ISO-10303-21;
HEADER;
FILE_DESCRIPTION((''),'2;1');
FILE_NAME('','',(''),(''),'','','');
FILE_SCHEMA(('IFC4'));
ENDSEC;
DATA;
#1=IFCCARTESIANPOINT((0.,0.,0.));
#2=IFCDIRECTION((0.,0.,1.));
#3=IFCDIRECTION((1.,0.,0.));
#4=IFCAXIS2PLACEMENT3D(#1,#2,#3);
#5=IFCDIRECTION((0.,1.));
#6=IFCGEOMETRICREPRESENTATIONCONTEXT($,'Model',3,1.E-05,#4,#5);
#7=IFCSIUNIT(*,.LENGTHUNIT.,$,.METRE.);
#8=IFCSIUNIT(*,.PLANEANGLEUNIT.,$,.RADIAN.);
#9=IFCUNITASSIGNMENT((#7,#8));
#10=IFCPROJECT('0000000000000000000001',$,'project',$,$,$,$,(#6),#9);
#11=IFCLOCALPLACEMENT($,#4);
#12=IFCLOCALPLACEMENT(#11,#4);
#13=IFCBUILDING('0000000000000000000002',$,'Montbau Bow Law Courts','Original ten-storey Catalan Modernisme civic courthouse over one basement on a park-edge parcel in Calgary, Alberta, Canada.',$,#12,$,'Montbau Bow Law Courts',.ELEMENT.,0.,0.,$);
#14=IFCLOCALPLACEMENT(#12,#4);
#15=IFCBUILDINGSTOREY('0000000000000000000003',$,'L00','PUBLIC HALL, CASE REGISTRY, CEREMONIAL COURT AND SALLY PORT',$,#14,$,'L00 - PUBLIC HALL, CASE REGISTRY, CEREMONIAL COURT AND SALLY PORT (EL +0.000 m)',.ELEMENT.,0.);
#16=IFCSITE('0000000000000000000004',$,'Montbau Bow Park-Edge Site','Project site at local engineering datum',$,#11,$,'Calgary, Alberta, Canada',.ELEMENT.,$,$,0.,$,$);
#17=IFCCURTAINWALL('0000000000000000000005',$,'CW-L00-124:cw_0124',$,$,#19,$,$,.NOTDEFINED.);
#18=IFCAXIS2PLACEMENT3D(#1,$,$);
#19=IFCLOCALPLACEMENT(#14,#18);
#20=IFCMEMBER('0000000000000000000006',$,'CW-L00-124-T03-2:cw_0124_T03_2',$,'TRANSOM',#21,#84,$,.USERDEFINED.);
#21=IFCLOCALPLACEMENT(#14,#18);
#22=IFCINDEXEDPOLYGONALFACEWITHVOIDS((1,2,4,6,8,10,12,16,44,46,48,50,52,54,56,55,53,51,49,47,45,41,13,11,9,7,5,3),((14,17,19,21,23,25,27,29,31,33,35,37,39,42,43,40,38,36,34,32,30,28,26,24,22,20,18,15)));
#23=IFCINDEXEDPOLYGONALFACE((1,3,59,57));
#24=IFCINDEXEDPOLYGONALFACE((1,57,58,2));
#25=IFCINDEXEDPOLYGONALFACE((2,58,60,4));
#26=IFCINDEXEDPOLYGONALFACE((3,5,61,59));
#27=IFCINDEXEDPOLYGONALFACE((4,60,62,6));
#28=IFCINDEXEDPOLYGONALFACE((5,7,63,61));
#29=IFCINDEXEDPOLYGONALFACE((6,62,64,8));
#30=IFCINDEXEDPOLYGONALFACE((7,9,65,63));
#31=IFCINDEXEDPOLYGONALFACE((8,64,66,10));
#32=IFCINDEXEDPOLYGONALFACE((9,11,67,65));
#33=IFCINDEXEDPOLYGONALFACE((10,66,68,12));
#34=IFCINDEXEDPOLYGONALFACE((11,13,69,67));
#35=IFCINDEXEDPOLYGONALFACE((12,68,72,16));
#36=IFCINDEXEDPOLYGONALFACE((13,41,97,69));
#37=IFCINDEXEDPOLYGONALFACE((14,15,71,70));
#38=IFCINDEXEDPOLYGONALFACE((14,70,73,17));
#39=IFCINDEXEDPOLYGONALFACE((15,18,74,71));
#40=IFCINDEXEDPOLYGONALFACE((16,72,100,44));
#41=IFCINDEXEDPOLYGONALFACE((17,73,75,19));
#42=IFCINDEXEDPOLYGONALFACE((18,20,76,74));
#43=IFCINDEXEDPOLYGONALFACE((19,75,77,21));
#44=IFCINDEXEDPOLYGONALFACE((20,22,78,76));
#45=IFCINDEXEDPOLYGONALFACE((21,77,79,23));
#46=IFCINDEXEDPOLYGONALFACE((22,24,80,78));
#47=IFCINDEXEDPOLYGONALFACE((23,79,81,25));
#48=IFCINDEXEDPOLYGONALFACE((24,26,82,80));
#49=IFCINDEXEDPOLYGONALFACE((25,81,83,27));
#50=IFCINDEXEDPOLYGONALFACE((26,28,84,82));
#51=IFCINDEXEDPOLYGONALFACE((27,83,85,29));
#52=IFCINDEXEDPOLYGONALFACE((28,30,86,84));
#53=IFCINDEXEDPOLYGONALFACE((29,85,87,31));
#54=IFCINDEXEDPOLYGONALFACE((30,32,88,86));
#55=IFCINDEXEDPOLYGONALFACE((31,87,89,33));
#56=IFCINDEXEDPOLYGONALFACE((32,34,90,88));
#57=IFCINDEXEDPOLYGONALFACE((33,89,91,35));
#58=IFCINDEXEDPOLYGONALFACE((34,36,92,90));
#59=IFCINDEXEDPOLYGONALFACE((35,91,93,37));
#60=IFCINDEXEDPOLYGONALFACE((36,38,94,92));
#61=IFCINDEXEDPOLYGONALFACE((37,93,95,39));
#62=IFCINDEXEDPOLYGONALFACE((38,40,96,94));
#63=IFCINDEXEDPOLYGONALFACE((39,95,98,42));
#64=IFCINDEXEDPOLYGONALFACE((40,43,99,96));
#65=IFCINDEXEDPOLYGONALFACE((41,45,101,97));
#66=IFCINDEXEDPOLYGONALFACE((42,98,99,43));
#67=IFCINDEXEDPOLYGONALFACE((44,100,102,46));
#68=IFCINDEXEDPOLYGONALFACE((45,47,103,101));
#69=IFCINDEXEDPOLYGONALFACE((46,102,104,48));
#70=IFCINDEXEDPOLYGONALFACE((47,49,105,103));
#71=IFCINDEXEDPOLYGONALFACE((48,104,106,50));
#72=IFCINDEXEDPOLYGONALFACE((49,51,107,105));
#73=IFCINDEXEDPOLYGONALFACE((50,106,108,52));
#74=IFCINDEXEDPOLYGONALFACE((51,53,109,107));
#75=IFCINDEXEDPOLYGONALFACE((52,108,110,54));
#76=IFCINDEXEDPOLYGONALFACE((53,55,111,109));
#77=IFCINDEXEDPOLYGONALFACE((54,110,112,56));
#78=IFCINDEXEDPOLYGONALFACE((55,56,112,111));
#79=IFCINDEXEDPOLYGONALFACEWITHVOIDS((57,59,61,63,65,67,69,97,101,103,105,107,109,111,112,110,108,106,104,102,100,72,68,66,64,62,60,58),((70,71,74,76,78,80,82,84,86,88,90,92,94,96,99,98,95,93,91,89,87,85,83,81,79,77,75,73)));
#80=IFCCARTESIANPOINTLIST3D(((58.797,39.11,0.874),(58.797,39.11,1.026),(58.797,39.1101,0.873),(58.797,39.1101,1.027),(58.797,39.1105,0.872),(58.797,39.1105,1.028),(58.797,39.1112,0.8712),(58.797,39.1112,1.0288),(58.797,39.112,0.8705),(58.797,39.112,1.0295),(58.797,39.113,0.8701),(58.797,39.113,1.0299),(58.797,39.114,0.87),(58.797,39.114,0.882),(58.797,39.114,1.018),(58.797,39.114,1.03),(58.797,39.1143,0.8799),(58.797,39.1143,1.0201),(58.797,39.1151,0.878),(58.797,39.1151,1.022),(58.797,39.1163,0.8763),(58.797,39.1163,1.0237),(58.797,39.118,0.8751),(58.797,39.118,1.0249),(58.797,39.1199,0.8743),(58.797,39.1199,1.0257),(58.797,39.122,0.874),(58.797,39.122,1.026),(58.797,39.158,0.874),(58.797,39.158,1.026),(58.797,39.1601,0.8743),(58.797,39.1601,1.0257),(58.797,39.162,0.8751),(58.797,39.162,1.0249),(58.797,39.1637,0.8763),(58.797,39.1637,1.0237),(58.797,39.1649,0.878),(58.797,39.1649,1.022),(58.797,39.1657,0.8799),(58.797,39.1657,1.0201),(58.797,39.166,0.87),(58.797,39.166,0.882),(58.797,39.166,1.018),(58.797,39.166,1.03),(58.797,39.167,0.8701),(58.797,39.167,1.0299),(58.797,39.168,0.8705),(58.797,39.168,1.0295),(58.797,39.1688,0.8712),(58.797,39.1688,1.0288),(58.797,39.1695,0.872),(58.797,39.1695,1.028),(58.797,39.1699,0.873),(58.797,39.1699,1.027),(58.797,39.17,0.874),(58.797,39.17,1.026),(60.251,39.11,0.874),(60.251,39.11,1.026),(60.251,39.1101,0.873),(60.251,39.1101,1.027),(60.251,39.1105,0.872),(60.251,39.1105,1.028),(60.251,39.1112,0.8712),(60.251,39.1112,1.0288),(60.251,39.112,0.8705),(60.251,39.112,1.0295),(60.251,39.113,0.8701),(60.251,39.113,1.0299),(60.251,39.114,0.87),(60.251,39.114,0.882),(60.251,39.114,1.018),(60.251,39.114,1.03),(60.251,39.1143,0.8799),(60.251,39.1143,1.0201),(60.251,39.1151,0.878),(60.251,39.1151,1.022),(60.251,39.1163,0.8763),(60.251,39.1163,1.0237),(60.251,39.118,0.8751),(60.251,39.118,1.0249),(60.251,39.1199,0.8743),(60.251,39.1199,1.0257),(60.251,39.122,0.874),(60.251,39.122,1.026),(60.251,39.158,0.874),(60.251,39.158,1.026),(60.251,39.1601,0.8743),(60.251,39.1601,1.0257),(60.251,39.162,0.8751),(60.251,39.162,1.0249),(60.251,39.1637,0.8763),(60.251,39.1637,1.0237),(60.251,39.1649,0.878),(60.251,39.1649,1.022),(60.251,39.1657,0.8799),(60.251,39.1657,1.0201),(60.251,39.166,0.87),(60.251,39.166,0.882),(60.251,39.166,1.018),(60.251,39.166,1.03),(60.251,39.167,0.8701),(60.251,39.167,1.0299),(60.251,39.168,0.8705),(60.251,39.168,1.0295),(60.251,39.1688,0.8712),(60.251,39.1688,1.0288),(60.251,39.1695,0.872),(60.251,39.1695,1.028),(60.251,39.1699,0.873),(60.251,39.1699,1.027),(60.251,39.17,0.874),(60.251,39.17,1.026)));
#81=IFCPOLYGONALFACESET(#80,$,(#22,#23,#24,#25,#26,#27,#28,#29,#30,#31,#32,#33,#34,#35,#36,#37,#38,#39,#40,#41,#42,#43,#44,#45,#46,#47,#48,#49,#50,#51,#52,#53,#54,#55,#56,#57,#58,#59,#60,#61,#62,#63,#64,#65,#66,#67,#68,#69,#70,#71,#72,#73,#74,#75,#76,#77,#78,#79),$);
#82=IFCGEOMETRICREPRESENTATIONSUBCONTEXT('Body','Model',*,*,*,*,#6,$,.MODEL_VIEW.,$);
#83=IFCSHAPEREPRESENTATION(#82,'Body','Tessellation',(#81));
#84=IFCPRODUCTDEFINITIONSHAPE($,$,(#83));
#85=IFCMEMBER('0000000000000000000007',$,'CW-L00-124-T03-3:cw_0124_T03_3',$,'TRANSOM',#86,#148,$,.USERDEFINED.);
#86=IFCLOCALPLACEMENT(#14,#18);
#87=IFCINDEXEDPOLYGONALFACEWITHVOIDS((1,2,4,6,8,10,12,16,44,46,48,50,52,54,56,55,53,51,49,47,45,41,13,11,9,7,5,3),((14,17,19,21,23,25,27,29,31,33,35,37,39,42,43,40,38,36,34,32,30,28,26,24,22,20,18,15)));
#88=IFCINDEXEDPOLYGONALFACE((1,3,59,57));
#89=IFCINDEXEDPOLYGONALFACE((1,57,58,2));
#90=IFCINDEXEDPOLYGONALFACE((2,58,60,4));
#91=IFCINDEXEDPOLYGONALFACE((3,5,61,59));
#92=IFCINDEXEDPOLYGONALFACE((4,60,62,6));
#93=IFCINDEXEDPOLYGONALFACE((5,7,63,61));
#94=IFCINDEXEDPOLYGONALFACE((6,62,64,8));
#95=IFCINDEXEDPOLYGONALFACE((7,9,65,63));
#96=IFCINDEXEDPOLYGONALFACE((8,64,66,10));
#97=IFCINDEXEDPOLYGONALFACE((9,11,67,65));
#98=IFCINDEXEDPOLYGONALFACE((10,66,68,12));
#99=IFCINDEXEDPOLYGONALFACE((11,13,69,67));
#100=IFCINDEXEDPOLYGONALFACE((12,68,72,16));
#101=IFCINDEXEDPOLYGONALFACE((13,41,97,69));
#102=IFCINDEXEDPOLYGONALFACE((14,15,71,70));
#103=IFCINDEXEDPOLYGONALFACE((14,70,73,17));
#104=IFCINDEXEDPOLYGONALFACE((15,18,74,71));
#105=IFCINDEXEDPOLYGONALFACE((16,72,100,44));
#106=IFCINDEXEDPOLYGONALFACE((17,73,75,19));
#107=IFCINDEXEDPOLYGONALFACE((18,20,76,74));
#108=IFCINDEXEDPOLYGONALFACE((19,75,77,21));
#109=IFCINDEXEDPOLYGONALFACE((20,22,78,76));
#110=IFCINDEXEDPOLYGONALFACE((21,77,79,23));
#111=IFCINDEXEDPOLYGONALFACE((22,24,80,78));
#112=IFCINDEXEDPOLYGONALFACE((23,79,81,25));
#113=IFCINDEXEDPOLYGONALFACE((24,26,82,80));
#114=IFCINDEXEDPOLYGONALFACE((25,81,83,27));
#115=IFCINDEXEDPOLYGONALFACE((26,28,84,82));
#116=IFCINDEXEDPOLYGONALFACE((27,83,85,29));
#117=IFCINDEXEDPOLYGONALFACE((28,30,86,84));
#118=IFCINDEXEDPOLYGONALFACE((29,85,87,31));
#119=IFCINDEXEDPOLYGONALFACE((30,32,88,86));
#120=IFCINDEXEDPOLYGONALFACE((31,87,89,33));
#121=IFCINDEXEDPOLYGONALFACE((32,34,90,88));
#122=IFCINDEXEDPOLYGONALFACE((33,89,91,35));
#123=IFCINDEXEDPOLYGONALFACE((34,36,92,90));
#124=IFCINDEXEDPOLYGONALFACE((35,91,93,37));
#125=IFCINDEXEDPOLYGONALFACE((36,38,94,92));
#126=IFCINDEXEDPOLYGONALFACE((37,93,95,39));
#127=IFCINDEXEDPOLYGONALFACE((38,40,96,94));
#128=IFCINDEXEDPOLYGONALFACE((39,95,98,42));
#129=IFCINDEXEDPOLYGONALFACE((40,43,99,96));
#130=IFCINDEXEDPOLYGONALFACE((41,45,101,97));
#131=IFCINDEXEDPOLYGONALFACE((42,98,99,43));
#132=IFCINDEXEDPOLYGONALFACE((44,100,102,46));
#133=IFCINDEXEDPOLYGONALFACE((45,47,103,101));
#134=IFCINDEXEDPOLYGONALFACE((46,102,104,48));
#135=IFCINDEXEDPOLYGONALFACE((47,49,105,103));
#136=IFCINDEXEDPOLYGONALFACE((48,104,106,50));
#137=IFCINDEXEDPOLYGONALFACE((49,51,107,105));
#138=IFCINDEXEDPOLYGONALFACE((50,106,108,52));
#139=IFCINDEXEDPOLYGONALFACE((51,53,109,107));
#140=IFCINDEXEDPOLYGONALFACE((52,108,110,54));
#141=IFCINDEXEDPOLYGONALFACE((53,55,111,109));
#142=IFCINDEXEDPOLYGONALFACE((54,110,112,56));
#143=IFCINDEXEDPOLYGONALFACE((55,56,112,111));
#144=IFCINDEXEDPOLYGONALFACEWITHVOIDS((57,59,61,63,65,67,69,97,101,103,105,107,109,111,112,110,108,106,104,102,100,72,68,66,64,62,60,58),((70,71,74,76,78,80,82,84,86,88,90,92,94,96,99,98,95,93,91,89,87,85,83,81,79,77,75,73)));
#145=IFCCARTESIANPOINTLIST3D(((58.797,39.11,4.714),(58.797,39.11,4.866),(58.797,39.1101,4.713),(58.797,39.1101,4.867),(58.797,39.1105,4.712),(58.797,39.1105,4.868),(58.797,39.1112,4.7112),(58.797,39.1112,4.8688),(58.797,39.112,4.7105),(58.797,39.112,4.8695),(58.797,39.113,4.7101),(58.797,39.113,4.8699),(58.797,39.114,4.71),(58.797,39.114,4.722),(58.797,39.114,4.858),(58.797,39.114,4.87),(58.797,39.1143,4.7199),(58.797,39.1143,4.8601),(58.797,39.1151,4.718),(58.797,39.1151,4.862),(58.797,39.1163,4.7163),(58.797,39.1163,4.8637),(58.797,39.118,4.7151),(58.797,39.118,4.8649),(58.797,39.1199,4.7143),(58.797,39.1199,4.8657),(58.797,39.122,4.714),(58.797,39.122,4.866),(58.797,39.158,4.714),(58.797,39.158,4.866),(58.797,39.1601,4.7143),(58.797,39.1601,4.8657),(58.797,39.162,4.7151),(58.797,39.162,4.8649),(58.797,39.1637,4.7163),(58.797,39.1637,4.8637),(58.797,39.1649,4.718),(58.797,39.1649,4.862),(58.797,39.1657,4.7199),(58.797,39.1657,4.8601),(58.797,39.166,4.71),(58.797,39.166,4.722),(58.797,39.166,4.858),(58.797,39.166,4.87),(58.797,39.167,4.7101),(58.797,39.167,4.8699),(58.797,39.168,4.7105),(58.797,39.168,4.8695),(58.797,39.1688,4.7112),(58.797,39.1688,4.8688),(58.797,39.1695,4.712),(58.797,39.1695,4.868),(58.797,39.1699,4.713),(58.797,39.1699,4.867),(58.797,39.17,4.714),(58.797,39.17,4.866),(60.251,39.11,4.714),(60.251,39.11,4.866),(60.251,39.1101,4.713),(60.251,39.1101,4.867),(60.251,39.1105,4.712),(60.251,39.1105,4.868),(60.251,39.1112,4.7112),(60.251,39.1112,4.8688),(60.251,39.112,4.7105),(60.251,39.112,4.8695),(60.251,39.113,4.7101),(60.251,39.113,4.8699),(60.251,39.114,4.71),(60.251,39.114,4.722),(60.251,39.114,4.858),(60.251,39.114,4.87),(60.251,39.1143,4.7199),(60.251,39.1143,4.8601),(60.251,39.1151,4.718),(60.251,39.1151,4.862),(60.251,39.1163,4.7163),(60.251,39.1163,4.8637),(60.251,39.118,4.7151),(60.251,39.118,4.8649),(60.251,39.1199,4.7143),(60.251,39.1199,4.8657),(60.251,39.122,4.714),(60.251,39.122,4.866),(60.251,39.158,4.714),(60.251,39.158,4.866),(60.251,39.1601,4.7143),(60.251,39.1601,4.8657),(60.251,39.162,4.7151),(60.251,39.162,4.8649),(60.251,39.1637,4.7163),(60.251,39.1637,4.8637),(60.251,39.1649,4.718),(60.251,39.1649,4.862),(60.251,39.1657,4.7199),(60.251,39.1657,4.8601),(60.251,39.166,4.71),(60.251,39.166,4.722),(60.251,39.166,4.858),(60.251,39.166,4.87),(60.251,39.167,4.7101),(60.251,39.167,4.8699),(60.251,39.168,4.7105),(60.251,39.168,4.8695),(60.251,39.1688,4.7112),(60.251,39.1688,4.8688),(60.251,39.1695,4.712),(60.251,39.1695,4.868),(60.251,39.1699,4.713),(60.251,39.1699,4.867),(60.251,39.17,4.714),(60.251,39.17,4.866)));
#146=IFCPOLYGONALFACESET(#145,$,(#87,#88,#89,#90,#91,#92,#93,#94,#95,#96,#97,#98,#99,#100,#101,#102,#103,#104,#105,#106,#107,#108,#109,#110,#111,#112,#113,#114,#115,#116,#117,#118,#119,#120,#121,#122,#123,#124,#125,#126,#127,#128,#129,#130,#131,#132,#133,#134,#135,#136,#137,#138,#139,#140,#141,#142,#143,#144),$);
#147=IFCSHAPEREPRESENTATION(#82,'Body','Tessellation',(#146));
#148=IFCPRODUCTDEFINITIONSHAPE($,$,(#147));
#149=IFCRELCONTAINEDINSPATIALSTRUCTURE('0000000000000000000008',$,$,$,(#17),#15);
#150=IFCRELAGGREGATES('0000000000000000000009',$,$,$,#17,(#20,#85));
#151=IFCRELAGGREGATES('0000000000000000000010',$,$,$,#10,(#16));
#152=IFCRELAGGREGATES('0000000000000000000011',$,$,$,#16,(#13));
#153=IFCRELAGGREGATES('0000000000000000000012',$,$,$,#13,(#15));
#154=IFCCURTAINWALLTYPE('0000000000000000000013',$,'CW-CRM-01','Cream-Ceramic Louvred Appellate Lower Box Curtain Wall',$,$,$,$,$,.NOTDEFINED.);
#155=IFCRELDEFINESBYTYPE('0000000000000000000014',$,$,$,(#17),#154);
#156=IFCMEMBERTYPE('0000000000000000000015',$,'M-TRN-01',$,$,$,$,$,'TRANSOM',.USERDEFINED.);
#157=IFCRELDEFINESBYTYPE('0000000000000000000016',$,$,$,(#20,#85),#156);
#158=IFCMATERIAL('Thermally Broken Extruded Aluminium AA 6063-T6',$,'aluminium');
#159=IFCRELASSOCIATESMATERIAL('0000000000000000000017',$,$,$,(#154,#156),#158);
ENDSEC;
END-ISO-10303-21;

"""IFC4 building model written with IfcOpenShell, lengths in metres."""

from ifc_helpers import new_model, si_unit, direction, frame, origin_with_axes, origin_2d_with_axis, place, context, subcontext, project, spatial, hollow_rectangle, extrude, material, material_profile, profile_set, type_object, element, aggregate, save


model = new_model("IFC4")

# Units and contexts
model_context = context("Model", 3, precision=1e-05, world=origin_with_axes(), true_north=direction((0.0, 1.0)))
body_context = subcontext(model_context, "Body", "Model", "MODEL_VIEW")
ifc_project = project(units=[si_unit("LENGTHUNIT", "METRE"), si_unit("PLANEANGLEUNIT", "RADIAN")], contexts=[model_context])

# Site, building, storey
site_placement = place(None, origin_with_axes())
site = spatial("IfcSite", under=ifc_project, at=site_placement, Name="Montbau Bow Park-Edge Site", Description="Project site at local engineering datum", LongName="Calgary, Alberta, Canada", CompositionType="ELEMENT", RefElevation=0.0)
building_placement = place(site_placement, origin_with_axes())
building = spatial("IfcBuilding", under=site, at=building_placement, Name="Montbau Bow Law Courts", Description="Original ten-storey Catalan Modernisme civic courthouse over one basement on a park-edge parcel in Calgary, Alberta, Canada.", LongName="Montbau Bow Law Courts", CompositionType="ELEMENT", ElevationOfRefHeight=0.0, ElevationOfTerrain=0.0)
storey_placement = place(building_placement, origin_with_axes())
storey = spatial("IfcBuildingStorey", under=building, at=storey_placement, Name="L00", Description="PUBLIC HALL, CASE REGISTRY, CEREMONIAL COURT AND SALLY PORT", LongName="L00 - PUBLIC HALL, CASE REGISTRY, CEREMONIAL COURT AND SALLY PORT (EL +0.000 m)", CompositionType="ELEMENT", Elevation=0.0)

# Curtain wall, members
ifc_material_1 = material(Name="Thermally Broken Extruded Aluminium AA 6063-T6", Category="aluminium")
curtain_wall_type = type_object("IfcCurtainWallType", Name="CW-CRM-01", Description="Cream-Ceramic Louvred Appellate Lower Box Curtain Wall", PredefinedType="NOTDEFINED", material=ifc_material_1)
curtain_wall_placement = place(None, frame((55.715, 39.14, 0.0), z_axis=(0.0, 0.0, 1.0), x_axis=(1.0, 0.0, 0.0)))
curtain_wall = element("IfcCurtainWall", 1, at=curtain_wall_placement, inside=storey, type_object=curtain_wall_type, Name="CW-L00-124:cw_0124", PredefinedType="NOTDEFINED")
ifc_material_profile_1 = material_profile(ifc_material_1, hollow_rectangle(XDim=0.06, YDim=0.16, WallThickness=0.004, InnerFilletRadius=0.008, OuterFilletRadius=0.004, at=origin_2d_with_axis()), Name="CWT-160X60", Category="Main", Priority=0)
ifc_profile_set_1 = profile_set([ifc_material_profile_1], Name="Thermally Broken Extruded Aluminium AA 6063-T6")
member_type_1 = type_object("IfcMemberType", Name="M-TRN-01", ElementType="TRANSOM", PredefinedType="USERDEFINED", material=ifc_profile_set_1)
member_1_placement = place(None, frame((58.797, 39.14, 0.95), z_axis=(1.0, 0.0, 0.0), x_axis=(0.0, 1.0, 0.0)))
member_1 = element("IfcMember", 2, at=member_1_placement, type_object=member_type_1, Name="CW-L00-124-T03-2:cw_0124_T03_2", ObjectType="TRANSOM", PredefinedType="USERDEFINED", context=body_context, shape_type="SweptSolid", body=[
    extrude(hollow_rectangle(XDim=0.06, YDim=0.16, WallThickness=0.004, InnerFilletRadius=0.008, OuterFilletRadius=0.004, at=origin_2d_with_axis()), origin_with_axes(), (0.0, 0.0, 1.0), 1.454),
])
member_2_placement = place(None, frame((58.797, 39.14, 4.79), z_axis=(1.0, 0.0, 0.0), x_axis=(0.0, 1.0, 0.0)))
member_2 = element("IfcMember", 3, at=member_2_placement, type_object=member_type_1, Name="CW-L00-124-T03-3:cw_0124_T03_3", ObjectType="TRANSOM", PredefinedType="USERDEFINED", context=body_context, shape_type="SweptSolid", body=[
    extrude(hollow_rectangle(XDim=0.06, YDim=0.16, WallThickness=0.004, InnerFilletRadius=0.008, OuterFilletRadius=0.004, at=origin_2d_with_axis()), origin_with_axes(), (0.0, 0.0, 1.0), 1.454),
])
aggregate(curtain_wall, [member_1, member_2])

save(model, "model.ifc")
